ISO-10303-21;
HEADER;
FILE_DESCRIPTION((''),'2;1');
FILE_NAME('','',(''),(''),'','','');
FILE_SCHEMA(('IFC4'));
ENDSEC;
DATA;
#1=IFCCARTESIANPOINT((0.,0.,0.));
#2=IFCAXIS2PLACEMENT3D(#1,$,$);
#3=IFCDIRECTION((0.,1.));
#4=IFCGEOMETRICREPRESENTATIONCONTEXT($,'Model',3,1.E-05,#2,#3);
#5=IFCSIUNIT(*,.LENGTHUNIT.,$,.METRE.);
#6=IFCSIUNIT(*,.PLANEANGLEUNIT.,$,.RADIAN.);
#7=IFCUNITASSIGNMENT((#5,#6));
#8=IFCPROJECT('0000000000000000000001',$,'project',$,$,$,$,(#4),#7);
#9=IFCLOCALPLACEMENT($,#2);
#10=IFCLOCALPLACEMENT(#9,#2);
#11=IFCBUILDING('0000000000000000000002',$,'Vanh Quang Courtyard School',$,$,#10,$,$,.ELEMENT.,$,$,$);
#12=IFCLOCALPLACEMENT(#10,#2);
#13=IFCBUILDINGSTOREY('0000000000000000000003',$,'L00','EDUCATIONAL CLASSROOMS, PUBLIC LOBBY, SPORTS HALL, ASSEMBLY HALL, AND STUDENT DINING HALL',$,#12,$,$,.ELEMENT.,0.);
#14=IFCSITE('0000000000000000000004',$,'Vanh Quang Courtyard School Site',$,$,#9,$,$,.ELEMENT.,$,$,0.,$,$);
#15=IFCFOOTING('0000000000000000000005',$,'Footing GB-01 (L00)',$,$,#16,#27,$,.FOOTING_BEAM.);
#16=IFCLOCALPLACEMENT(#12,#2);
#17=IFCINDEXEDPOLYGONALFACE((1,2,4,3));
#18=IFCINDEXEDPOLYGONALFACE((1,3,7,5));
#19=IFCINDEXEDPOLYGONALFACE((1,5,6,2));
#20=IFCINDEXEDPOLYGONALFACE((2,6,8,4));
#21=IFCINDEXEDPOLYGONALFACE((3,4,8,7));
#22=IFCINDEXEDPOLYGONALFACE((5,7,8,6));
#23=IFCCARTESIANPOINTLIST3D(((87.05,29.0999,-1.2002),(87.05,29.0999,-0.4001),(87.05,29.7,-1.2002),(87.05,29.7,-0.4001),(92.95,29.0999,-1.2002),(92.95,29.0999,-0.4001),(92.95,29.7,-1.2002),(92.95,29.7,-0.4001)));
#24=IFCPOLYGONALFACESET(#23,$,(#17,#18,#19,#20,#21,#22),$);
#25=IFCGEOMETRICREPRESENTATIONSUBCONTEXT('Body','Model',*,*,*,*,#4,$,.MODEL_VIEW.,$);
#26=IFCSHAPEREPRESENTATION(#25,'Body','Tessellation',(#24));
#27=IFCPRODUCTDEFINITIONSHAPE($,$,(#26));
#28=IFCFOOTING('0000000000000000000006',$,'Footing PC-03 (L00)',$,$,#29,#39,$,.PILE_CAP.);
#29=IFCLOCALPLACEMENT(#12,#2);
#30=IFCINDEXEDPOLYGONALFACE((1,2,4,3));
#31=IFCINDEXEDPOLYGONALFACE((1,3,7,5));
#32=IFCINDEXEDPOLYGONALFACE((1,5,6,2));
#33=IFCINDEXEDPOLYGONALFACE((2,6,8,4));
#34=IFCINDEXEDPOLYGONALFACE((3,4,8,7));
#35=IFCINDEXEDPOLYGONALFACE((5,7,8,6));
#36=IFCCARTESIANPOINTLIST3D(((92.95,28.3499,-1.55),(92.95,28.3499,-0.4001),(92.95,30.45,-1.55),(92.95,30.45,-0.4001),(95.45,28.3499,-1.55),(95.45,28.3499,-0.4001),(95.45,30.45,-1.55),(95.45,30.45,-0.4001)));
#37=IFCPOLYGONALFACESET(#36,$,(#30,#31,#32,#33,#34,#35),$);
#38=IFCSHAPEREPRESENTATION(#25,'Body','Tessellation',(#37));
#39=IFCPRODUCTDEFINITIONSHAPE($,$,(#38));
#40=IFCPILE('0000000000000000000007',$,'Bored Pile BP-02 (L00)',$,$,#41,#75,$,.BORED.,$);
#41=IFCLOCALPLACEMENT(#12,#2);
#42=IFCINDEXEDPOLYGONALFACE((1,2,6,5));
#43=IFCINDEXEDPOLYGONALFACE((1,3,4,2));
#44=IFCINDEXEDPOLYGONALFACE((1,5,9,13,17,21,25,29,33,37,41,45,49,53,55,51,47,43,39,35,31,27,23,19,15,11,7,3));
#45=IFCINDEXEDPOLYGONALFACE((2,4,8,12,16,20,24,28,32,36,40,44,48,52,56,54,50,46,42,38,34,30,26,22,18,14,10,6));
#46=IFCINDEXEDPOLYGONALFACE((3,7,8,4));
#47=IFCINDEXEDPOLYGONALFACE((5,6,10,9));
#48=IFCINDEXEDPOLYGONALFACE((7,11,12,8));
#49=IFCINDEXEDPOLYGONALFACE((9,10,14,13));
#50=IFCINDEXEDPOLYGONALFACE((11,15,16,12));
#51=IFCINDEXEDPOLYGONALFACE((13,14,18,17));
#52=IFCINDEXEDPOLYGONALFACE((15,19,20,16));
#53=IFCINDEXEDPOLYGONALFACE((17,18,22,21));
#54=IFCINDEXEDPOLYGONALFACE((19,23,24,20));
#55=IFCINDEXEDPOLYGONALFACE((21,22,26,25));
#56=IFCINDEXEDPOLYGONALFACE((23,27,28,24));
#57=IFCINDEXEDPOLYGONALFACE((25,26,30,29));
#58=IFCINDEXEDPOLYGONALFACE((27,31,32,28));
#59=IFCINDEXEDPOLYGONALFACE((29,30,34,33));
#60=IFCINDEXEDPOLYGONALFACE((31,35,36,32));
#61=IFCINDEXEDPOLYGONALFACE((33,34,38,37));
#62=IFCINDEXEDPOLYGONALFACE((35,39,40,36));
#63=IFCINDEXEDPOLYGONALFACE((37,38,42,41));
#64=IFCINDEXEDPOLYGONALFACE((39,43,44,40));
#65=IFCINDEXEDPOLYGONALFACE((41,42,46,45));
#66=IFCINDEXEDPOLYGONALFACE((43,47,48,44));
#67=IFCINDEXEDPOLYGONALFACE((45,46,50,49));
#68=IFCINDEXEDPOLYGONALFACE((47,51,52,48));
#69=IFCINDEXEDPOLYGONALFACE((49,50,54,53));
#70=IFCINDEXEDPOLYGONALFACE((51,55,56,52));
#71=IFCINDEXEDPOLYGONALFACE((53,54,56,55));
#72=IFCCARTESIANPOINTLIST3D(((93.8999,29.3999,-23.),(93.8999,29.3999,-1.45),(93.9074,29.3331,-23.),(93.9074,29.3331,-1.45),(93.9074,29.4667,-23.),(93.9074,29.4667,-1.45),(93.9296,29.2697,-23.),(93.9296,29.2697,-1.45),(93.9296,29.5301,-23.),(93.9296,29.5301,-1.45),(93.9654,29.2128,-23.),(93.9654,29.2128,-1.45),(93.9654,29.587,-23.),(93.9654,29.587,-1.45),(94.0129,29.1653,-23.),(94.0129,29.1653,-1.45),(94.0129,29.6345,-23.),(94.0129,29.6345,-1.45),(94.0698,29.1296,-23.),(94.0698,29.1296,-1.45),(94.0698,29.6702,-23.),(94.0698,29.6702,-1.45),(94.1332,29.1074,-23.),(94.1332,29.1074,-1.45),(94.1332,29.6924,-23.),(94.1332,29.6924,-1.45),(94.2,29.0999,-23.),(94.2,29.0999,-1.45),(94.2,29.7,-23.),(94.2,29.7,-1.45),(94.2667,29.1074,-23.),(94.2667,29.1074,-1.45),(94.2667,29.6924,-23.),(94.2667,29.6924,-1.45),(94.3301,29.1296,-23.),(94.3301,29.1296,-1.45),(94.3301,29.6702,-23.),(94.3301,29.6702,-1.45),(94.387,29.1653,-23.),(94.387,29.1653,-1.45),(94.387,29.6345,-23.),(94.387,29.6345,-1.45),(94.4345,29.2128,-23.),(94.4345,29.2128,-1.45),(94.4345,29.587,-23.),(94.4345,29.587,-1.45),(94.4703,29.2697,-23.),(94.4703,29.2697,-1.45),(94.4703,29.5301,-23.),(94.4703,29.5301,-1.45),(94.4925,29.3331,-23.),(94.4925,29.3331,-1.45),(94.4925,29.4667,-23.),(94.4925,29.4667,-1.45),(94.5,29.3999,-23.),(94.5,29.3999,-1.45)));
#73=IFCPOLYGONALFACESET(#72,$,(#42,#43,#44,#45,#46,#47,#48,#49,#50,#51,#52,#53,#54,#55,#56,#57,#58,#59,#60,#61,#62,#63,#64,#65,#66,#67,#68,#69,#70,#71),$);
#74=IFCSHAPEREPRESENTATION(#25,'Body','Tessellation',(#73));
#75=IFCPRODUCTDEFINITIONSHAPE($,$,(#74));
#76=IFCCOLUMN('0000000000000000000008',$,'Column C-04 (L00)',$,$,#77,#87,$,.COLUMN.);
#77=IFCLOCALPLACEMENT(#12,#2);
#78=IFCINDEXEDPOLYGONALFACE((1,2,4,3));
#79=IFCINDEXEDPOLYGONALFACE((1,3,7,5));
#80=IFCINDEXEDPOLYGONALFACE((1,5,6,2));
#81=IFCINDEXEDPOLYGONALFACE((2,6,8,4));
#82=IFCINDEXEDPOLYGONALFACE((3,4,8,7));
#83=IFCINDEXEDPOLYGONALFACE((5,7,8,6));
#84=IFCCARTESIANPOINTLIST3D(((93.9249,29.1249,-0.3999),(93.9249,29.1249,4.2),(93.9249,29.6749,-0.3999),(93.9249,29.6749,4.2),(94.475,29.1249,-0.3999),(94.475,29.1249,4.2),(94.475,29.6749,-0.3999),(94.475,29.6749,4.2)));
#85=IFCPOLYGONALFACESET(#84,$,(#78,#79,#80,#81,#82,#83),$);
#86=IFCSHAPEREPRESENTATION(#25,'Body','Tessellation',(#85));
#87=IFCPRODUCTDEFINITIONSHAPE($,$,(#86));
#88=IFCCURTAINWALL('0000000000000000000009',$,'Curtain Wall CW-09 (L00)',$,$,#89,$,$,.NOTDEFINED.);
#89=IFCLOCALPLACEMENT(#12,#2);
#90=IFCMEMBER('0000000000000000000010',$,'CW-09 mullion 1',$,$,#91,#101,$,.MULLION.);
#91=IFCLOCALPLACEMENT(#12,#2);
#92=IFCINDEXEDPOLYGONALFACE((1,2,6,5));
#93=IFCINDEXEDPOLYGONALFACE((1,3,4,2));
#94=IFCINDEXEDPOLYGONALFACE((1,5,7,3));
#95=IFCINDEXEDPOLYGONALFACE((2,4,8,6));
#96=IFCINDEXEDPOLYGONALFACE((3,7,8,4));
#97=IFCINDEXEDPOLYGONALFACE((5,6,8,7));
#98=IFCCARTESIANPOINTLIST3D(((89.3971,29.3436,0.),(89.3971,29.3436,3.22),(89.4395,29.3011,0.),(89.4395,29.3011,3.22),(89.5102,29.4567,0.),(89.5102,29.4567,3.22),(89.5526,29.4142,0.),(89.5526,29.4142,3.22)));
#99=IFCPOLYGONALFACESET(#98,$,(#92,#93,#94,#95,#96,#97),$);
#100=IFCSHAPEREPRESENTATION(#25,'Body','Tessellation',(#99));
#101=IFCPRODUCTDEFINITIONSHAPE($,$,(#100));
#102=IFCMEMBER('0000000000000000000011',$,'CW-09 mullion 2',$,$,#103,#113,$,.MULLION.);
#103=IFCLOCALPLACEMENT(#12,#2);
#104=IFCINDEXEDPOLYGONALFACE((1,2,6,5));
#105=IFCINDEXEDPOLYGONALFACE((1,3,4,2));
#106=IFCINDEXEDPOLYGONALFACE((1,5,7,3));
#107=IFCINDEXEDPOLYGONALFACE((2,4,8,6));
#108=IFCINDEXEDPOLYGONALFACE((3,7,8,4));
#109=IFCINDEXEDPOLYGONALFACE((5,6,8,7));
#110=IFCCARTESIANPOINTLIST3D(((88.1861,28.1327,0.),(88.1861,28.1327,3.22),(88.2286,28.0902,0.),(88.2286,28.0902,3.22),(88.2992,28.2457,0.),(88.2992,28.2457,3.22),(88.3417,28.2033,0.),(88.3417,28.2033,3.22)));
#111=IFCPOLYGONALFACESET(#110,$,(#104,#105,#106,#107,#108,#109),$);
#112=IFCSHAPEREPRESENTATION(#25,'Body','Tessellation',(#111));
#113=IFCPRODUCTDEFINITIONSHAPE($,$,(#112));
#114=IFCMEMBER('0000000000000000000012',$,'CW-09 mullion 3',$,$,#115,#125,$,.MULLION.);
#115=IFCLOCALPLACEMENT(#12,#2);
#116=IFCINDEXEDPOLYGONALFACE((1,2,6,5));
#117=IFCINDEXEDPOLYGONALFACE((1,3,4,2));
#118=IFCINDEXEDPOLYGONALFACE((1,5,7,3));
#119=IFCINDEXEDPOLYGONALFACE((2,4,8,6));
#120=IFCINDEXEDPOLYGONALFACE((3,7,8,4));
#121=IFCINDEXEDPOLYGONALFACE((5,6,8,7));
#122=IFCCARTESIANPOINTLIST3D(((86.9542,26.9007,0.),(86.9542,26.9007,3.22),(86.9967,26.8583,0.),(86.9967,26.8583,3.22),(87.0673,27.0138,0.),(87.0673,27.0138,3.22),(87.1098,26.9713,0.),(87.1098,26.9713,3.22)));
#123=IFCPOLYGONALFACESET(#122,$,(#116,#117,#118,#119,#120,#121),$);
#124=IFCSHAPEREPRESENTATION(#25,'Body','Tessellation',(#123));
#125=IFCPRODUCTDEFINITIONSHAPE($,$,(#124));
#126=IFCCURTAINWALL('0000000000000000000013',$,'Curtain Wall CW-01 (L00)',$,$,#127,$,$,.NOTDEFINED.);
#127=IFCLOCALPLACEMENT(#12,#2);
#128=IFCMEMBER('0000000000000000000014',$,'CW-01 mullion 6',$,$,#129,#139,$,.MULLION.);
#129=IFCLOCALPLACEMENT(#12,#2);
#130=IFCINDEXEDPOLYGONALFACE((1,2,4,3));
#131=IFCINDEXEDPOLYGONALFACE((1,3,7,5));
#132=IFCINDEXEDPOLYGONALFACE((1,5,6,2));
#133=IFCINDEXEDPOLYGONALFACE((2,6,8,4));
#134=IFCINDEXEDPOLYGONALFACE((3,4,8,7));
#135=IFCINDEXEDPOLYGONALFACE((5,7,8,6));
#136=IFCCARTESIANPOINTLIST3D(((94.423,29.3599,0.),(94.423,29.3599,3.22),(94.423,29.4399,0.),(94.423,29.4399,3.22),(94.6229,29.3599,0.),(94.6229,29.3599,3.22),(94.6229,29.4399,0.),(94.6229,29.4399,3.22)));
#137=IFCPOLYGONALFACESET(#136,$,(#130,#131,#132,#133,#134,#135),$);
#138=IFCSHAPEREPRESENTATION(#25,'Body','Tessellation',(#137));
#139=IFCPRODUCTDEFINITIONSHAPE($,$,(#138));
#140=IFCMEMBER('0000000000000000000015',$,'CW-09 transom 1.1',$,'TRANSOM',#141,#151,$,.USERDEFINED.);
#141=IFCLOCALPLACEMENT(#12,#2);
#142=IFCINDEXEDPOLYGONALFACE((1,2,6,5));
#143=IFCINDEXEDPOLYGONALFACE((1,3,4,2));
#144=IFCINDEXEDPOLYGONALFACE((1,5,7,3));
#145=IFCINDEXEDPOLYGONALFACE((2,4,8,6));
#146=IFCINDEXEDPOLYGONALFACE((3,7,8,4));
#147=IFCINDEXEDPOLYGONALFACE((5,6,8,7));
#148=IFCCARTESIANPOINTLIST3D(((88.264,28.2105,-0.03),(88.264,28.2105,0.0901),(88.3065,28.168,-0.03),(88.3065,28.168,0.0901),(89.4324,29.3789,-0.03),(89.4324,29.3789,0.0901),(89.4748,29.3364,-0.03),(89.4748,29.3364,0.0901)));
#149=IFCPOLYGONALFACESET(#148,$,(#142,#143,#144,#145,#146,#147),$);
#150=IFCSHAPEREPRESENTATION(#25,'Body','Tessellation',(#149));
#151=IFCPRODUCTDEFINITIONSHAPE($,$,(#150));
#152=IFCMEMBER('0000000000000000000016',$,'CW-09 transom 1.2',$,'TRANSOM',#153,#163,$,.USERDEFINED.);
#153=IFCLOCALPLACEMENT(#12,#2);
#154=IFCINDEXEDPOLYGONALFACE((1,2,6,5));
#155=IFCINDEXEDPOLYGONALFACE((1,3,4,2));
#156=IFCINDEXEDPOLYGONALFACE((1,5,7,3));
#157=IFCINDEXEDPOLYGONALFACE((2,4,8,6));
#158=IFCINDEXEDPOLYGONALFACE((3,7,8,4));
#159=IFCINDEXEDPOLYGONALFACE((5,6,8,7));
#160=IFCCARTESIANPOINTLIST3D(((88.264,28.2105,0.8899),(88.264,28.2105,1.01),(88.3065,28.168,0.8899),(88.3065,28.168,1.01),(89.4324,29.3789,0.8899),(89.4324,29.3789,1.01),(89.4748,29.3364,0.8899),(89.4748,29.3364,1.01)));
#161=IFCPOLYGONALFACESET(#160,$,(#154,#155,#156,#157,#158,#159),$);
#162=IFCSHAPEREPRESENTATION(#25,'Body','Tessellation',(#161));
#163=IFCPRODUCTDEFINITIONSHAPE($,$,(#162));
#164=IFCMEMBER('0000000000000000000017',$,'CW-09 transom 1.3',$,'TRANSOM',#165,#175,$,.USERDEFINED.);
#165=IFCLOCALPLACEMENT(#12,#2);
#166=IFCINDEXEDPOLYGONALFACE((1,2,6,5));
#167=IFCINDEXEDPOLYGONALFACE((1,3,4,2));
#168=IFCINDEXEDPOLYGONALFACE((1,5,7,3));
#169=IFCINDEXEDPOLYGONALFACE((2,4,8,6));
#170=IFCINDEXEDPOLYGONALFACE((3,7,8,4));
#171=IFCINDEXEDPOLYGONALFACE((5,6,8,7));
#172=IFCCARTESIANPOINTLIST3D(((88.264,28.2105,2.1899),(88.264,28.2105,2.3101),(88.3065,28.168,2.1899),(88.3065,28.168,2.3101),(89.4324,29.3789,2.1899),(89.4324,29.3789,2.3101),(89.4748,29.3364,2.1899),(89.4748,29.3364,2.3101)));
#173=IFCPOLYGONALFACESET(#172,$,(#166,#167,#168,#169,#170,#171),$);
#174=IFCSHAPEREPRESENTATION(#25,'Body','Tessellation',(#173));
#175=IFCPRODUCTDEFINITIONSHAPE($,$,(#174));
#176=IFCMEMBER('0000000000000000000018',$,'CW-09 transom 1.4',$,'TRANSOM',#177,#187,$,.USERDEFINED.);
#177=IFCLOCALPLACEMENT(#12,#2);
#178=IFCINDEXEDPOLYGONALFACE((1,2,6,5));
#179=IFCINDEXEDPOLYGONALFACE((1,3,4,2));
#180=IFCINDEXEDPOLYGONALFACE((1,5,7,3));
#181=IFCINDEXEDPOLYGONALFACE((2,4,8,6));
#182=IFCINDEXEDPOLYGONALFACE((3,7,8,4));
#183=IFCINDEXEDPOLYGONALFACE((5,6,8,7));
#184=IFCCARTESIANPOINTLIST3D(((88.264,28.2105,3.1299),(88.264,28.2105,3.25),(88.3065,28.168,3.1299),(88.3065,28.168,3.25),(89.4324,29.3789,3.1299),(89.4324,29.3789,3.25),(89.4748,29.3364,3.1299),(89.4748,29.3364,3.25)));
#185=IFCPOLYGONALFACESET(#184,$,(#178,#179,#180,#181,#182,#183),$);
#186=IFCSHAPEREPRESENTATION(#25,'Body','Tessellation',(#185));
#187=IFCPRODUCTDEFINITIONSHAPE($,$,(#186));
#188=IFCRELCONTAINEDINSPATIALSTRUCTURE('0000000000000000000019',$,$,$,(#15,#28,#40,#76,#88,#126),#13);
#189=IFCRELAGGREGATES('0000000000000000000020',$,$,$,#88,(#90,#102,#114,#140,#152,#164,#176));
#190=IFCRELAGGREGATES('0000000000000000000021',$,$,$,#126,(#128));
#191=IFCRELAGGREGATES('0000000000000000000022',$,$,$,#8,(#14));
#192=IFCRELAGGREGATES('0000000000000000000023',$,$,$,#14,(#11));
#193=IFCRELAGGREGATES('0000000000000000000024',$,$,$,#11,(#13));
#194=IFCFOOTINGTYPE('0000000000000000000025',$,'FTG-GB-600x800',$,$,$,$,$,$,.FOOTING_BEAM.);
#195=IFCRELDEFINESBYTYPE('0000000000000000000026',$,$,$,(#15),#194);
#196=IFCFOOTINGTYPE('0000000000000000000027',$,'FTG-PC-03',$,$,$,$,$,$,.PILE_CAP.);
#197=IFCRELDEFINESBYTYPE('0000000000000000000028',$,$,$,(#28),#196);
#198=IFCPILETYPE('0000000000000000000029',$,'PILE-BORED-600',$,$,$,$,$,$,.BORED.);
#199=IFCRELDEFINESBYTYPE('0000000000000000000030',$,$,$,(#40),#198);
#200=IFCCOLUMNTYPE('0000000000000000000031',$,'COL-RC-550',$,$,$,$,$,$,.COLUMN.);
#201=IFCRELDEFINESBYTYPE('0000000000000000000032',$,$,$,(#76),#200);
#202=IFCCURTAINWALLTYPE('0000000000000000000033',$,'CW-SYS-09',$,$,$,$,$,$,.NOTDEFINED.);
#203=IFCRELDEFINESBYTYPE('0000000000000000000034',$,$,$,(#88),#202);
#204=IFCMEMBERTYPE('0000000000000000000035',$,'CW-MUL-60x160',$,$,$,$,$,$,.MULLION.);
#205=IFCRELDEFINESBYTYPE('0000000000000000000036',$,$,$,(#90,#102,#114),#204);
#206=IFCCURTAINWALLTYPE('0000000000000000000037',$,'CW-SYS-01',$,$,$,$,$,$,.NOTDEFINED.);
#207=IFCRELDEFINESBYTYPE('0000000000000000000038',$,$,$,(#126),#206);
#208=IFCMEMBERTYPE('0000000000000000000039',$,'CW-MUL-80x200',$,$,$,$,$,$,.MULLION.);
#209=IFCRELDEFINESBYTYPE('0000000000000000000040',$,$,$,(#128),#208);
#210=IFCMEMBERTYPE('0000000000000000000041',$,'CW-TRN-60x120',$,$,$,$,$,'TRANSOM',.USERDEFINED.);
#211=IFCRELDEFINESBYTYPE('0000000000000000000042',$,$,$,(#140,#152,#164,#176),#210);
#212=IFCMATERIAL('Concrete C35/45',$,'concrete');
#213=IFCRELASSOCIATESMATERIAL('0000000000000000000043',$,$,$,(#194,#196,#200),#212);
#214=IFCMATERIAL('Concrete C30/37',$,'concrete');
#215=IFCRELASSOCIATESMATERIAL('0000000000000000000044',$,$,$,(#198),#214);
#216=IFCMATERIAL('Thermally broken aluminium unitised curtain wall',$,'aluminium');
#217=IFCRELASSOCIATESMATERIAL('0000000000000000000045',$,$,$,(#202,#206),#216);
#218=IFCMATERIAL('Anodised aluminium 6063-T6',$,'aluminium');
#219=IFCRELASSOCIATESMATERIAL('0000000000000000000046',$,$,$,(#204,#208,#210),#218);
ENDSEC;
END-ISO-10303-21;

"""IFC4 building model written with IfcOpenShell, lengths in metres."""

from ifc_helpers import new_model, si_unit, direction, frame, origin, origin_2d, place, context, subcontext, project, spatial, rectangle, circle, extrude, material, material_profile, profile_set, type_object, element, aggregate, save


model = new_model("IFC4")

# Units and contexts
model_context = context("Model", 3, precision=1e-05, world=origin(), true_north=direction((0.0, 1.0)))
body_context = subcontext(model_context, "Body", "Model", "MODEL_VIEW")
ifc_project = project(units=[si_unit("LENGTHUNIT", "METRE"), si_unit("PLANEANGLEUNIT", "RADIAN")], contexts=[model_context])

# Site, building, storey
site_placement = place(None, origin())
site = spatial("IfcSite", under=ifc_project, at=site_placement, Name="Vanh Quang Courtyard School Site", CompositionType="ELEMENT", RefElevation=0.0)
building_placement = place(site_placement, origin())
building = spatial("IfcBuilding", under=site, at=building_placement, Name="Vanh Quang Courtyard School", CompositionType="ELEMENT")
storey_placement = place(building_placement, origin())
storey = spatial("IfcBuildingStorey", under=building, at=storey_placement, Name="L00", Description="EDUCATIONAL CLASSROOMS, PUBLIC LOBBY, SPORTS HALL, ASSEMBLY HALL, AND STUDENT DINING HALL", CompositionType="ELEMENT", Elevation=0.0)

# Footings
ifc_material_1 = material(Name="Concrete C35/45", Category="concrete")
footing_type_1 = type_object("IfcFootingType", Name="FTG-GB-600x800", PredefinedType="FOOTING_BEAM", material=ifc_material_1)
footing_1_placement = place(storey_placement, frame((90.0, 29.3999, -1.2002), z_axis=(0.0, 0.0, 1.0), x_axis=(1.0, 0.0, 0.0)))
element("IfcFooting", 1, at=footing_1_placement, inside=storey, type_object=footing_type_1, Name="Footing GB-01 (L00)", PredefinedType="FOOTING_BEAM", context=body_context, shape_type="SweptSolid", body=[
    extrude(rectangle(XDim=5.8999, YDim=0.6001, at=origin_2d()), origin(), (0.0, 0.0, 1.0), 0.8),
])
footing_type_2 = type_object("IfcFootingType", Name="FTG-PC-03", PredefinedType="PILE_CAP", material=ifc_material_1)
footing_2_placement = place(storey_placement, frame((94.2, 29.3999, -1.55), z_axis=(0.0, 0.0, 1.0), x_axis=(1.0, 0.0, 0.0)))
element("IfcFooting", 2, at=footing_2_placement, inside=storey, type_object=footing_type_2, Name="Footing PC-03 (L00)", PredefinedType="PILE_CAP", context=body_context, shape_type="SweptSolid", body=[
    extrude(rectangle(XDim=2.5, YDim=2.1001, at=origin_2d()), origin(), (0.0, 0.0, 1.0), 1.1499),
])

# Pile
ifc_material_2 = material(Name="Concrete C30/37", Category="concrete")
ifc_material_profile_1 = material_profile(ifc_material_2, circle(Radius=0.3, at=origin_2d()), Name="PILE D600")
ifc_profile_set_1 = profile_set([ifc_material_profile_1], Name="Concrete C30/37")
pile_type = type_object("IfcPileType", Name="PILE-BORED-600", PredefinedType="BORED", material=ifc_profile_set_1)
pile_placement = place(storey_placement, frame((94.2, 29.3999, -1.45), z_axis=(0.0, 0.0, -1.0), x_axis=(1.0, 0.0, 0.0)))
element("IfcPile", 3, at=pile_placement, inside=storey, type_object=pile_type, Name="Bored Pile BP-02 (L00)", PredefinedType="BORED", context=body_context, shape_type="SweptSolid", body=[
    extrude(circle(Radius=0.3, at=origin_2d()), origin(), (0.0, 0.0, 1.0), 21.55),
])

# Column
ifc_material_profile_2 = material_profile(ifc_material_1, rectangle(XDim=0.55, YDim=0.55, at=origin_2d()), Name="RC-COL 550x550")
ifc_profile_set_2 = profile_set([ifc_material_profile_2], Name="Concrete C35/45")
column_type = type_object("IfcColumnType", Name="COL-RC-550", PredefinedType="COLUMN", material=ifc_profile_set_2)
column_placement = place(storey_placement, frame((94.2, 29.3999, -0.3999), z_axis=(0.0, 0.0, 1.0), x_axis=(1.0, 0.0, 0.0)))
element("IfcColumn", 4, at=column_placement, inside=storey, type_object=column_type, Name="Column C-04 (L00)", PredefinedType="COLUMN", context=body_context, shape_type="SweptSolid", body=[
    extrude(rectangle(XDim=0.55, YDim=0.55, at=origin_2d()), origin(), (0.0, 0.0, 1.0), 4.5999),
])

# Curtain wall, members
ifc_material_3 = material(Name="Thermally broken aluminium unitised curtain wall", Category="aluminium")
curtain_wall_type_1 = type_object("IfcCurtainWallType", Name="CW-SYS-09", PredefinedType="NOTDEFINED", material=ifc_material_3)
curtain_wall_1_placement = place(storey_placement, origin())
curtain_wall_1 = element("IfcCurtainWall", 5, at=curtain_wall_1_placement, inside=storey, type_object=curtain_wall_type_1, Name="Curtain Wall CW-09 (L00)", PredefinedType="NOTDEFINED")
ifc_material_4 = material(Name="Anodised aluminium 6063-T6", Category="aluminium")
ifc_material_profile_3 = material_profile(ifc_material_4, rectangle(XDim=0.0601, YDim=0.1599, at=origin_2d()), Name="ALU-MUL 60x160")
ifc_profile_set_3 = profile_set([ifc_material_profile_3], Name="Anodised aluminium 6063-T6")
member_type_1 = type_object("IfcMemberType", Name="CW-MUL-60x160", PredefinedType="MULLION", material=ifc_profile_set_3)
member_1_placement = place(storey_placement, frame((89.4749, 29.3789, 0.0), z_axis=(0.0, 0.0, 1.0), x_axis=(0.707107, -0.707107, 0.0)))
member_1 = element("IfcMember", 6, at=member_1_placement, type_object=member_type_1, Name="CW-09 mullion 1", PredefinedType="MULLION", context=body_context, shape_type="SweptSolid", body=[
    extrude(rectangle(XDim=0.0601, YDim=0.1599, at=origin_2d()), origin(), (0.0, 0.0, 1.0), 3.22),
])
member_2_placement = place(storey_placement, frame((88.2639, 28.168, 0.0), z_axis=(0.0, 0.0, 1.0), x_axis=(0.707107, -0.707107, 0.0)))
member_2 = element("IfcMember", 7, at=member_2_placement, type_object=member_type_1, Name="CW-09 mullion 2", PredefinedType="MULLION", context=body_context, shape_type="SweptSolid", body=[
    extrude(rectangle(XDim=0.0601, YDim=0.1599, at=origin_2d()), origin(), (0.0, 0.0, 1.0), 3.22),
])
member_3_placement = place(storey_placement, frame((87.032, 26.936, 0.0), z_axis=(0.0, 0.0, 1.0), x_axis=(0.707107, -0.707107, 0.0)))
member_3 = element("IfcMember", 8, at=member_3_placement, type_object=member_type_1, Name="CW-09 mullion 3", PredefinedType="MULLION", context=body_context, shape_type="SweptSolid", body=[
    extrude(rectangle(XDim=0.0601, YDim=0.1599, at=origin_2d()), origin(), (0.0, 0.0, 1.0), 3.22),
])

# Curtain wall, member
curtain_wall_type_2 = type_object("IfcCurtainWallType", Name="CW-SYS-01", PredefinedType="NOTDEFINED", material=ifc_material_3)
curtain_wall_2_placement = place(storey_placement, origin())
curtain_wall_2 = element("IfcCurtainWall", 9, at=curtain_wall_2_placement, inside=storey, type_object=curtain_wall_type_2, Name="Curtain Wall CW-01 (L00)", PredefinedType="NOTDEFINED")
ifc_material_profile_4 = material_profile(ifc_material_4, rectangle(XDim=0.0801, YDim=0.2, at=origin_2d()), Name="ALU-MUL 80x200")
ifc_profile_set_4 = profile_set([ifc_material_profile_4], Name="Anodised aluminium 6063-T6")
member_type_2 = type_object("IfcMemberType", Name="CW-MUL-80x200", PredefinedType="MULLION", material=ifc_profile_set_4)
member_4_placement = place(storey_placement, frame((94.5229, 29.3999, 0.0), z_axis=(0.0, 0.0, 1.0), x_axis=(0.0, -1.0, 0.0)))
member_4 = element("IfcMember", 10, at=member_4_placement, type_object=member_type_2, Name="CW-01 mullion 6", PredefinedType="MULLION", context=body_context, shape_type="SweptSolid", body=[
    extrude(rectangle(XDim=0.0801, YDim=0.2, at=origin_2d()), origin(), (0.0, 0.0, 1.0), 3.22),
])

# Members
ifc_material_profile_5 = material_profile(ifc_material_4, rectangle(XDim=0.0601, YDim=0.1201, at=origin_2d()), Name="ALU-TRN 60x120")
ifc_profile_set_5 = profile_set([ifc_material_profile_5], Name="Anodised aluminium 6063-T6")
member_type_3 = type_object("IfcMemberType", Name="CW-TRN-60x120", ElementType="TRANSOM", PredefinedType="USERDEFINED", material=ifc_profile_set_5)
member_5_placement = place(storey_placement, frame((89.4536, 29.3577, 0.03), z_axis=(-0.707107, -0.707107, 0.0), x_axis=(0.707107, -0.707107, 0.0)))
member_5 = element("IfcMember", 11, at=member_5_placement, type_object=member_type_3, Name="CW-09 transom 1.1", ObjectType="TRANSOM", PredefinedType="USERDEFINED", context=body_context, shape_type="SweptSolid", body=[
    extrude(rectangle(XDim=0.0601, YDim=0.1201, at=origin_2d()), origin(), (0.0, 0.0, 1.0), 1.6523),
])
member_6_placement = place(storey_placement, frame((89.4536, 29.3577, 0.95), z_axis=(-0.707107, -0.707107, 0.0), x_axis=(0.707107, -0.707107, 0.0)))
member_6 = element("IfcMember", 12, at=member_6_placement, type_object=member_type_3, Name="CW-09 transom 1.2", ObjectType="TRANSOM", PredefinedType="USERDEFINED", context=body_context, shape_type="SweptSolid", body=[
    extrude(rectangle(XDim=0.0601, YDim=0.1201, at=origin_2d()), origin(), (0.0, 0.0, 1.0), 1.6523),
])
member_7_placement = place(storey_placement, frame((89.4536, 29.3577, 2.25), z_axis=(-0.707107, -0.707107, 0.0), x_axis=(0.707107, -0.707107, 0.0)))
member_7 = element("IfcMember", 13, at=member_7_placement, type_object=member_type_3, Name="CW-09 transom 1.3", ObjectType="TRANSOM", PredefinedType="USERDEFINED", context=body_context, shape_type="SweptSolid", body=[
    extrude(rectangle(XDim=0.0601, YDim=0.1201, at=origin_2d()), origin(), (0.0, 0.0, 1.0), 1.6523),
])
member_8_placement = place(storey_placement, frame((89.4536, 29.3577, 3.1899), z_axis=(-0.707107, -0.707107, 0.0), x_axis=(0.707107, -0.707107, 0.0)))
member_8 = element("IfcMember", 14, at=member_8_placement, type_object=member_type_3, Name="CW-09 transom 1.4", ObjectType="TRANSOM", PredefinedType="USERDEFINED", context=body_context, shape_type="SweptSolid", body=[
    extrude(rectangle(XDim=0.0601, YDim=0.1201, at=origin_2d()), origin(), (0.0, 0.0, 1.0), 1.6523),
])

aggregate(curtain_wall_1, [member_1, member_2, member_3, member_5, member_6, member_7, member_8])
aggregate(curtain_wall_2, [member_4])

save(model, "model.ifc")
